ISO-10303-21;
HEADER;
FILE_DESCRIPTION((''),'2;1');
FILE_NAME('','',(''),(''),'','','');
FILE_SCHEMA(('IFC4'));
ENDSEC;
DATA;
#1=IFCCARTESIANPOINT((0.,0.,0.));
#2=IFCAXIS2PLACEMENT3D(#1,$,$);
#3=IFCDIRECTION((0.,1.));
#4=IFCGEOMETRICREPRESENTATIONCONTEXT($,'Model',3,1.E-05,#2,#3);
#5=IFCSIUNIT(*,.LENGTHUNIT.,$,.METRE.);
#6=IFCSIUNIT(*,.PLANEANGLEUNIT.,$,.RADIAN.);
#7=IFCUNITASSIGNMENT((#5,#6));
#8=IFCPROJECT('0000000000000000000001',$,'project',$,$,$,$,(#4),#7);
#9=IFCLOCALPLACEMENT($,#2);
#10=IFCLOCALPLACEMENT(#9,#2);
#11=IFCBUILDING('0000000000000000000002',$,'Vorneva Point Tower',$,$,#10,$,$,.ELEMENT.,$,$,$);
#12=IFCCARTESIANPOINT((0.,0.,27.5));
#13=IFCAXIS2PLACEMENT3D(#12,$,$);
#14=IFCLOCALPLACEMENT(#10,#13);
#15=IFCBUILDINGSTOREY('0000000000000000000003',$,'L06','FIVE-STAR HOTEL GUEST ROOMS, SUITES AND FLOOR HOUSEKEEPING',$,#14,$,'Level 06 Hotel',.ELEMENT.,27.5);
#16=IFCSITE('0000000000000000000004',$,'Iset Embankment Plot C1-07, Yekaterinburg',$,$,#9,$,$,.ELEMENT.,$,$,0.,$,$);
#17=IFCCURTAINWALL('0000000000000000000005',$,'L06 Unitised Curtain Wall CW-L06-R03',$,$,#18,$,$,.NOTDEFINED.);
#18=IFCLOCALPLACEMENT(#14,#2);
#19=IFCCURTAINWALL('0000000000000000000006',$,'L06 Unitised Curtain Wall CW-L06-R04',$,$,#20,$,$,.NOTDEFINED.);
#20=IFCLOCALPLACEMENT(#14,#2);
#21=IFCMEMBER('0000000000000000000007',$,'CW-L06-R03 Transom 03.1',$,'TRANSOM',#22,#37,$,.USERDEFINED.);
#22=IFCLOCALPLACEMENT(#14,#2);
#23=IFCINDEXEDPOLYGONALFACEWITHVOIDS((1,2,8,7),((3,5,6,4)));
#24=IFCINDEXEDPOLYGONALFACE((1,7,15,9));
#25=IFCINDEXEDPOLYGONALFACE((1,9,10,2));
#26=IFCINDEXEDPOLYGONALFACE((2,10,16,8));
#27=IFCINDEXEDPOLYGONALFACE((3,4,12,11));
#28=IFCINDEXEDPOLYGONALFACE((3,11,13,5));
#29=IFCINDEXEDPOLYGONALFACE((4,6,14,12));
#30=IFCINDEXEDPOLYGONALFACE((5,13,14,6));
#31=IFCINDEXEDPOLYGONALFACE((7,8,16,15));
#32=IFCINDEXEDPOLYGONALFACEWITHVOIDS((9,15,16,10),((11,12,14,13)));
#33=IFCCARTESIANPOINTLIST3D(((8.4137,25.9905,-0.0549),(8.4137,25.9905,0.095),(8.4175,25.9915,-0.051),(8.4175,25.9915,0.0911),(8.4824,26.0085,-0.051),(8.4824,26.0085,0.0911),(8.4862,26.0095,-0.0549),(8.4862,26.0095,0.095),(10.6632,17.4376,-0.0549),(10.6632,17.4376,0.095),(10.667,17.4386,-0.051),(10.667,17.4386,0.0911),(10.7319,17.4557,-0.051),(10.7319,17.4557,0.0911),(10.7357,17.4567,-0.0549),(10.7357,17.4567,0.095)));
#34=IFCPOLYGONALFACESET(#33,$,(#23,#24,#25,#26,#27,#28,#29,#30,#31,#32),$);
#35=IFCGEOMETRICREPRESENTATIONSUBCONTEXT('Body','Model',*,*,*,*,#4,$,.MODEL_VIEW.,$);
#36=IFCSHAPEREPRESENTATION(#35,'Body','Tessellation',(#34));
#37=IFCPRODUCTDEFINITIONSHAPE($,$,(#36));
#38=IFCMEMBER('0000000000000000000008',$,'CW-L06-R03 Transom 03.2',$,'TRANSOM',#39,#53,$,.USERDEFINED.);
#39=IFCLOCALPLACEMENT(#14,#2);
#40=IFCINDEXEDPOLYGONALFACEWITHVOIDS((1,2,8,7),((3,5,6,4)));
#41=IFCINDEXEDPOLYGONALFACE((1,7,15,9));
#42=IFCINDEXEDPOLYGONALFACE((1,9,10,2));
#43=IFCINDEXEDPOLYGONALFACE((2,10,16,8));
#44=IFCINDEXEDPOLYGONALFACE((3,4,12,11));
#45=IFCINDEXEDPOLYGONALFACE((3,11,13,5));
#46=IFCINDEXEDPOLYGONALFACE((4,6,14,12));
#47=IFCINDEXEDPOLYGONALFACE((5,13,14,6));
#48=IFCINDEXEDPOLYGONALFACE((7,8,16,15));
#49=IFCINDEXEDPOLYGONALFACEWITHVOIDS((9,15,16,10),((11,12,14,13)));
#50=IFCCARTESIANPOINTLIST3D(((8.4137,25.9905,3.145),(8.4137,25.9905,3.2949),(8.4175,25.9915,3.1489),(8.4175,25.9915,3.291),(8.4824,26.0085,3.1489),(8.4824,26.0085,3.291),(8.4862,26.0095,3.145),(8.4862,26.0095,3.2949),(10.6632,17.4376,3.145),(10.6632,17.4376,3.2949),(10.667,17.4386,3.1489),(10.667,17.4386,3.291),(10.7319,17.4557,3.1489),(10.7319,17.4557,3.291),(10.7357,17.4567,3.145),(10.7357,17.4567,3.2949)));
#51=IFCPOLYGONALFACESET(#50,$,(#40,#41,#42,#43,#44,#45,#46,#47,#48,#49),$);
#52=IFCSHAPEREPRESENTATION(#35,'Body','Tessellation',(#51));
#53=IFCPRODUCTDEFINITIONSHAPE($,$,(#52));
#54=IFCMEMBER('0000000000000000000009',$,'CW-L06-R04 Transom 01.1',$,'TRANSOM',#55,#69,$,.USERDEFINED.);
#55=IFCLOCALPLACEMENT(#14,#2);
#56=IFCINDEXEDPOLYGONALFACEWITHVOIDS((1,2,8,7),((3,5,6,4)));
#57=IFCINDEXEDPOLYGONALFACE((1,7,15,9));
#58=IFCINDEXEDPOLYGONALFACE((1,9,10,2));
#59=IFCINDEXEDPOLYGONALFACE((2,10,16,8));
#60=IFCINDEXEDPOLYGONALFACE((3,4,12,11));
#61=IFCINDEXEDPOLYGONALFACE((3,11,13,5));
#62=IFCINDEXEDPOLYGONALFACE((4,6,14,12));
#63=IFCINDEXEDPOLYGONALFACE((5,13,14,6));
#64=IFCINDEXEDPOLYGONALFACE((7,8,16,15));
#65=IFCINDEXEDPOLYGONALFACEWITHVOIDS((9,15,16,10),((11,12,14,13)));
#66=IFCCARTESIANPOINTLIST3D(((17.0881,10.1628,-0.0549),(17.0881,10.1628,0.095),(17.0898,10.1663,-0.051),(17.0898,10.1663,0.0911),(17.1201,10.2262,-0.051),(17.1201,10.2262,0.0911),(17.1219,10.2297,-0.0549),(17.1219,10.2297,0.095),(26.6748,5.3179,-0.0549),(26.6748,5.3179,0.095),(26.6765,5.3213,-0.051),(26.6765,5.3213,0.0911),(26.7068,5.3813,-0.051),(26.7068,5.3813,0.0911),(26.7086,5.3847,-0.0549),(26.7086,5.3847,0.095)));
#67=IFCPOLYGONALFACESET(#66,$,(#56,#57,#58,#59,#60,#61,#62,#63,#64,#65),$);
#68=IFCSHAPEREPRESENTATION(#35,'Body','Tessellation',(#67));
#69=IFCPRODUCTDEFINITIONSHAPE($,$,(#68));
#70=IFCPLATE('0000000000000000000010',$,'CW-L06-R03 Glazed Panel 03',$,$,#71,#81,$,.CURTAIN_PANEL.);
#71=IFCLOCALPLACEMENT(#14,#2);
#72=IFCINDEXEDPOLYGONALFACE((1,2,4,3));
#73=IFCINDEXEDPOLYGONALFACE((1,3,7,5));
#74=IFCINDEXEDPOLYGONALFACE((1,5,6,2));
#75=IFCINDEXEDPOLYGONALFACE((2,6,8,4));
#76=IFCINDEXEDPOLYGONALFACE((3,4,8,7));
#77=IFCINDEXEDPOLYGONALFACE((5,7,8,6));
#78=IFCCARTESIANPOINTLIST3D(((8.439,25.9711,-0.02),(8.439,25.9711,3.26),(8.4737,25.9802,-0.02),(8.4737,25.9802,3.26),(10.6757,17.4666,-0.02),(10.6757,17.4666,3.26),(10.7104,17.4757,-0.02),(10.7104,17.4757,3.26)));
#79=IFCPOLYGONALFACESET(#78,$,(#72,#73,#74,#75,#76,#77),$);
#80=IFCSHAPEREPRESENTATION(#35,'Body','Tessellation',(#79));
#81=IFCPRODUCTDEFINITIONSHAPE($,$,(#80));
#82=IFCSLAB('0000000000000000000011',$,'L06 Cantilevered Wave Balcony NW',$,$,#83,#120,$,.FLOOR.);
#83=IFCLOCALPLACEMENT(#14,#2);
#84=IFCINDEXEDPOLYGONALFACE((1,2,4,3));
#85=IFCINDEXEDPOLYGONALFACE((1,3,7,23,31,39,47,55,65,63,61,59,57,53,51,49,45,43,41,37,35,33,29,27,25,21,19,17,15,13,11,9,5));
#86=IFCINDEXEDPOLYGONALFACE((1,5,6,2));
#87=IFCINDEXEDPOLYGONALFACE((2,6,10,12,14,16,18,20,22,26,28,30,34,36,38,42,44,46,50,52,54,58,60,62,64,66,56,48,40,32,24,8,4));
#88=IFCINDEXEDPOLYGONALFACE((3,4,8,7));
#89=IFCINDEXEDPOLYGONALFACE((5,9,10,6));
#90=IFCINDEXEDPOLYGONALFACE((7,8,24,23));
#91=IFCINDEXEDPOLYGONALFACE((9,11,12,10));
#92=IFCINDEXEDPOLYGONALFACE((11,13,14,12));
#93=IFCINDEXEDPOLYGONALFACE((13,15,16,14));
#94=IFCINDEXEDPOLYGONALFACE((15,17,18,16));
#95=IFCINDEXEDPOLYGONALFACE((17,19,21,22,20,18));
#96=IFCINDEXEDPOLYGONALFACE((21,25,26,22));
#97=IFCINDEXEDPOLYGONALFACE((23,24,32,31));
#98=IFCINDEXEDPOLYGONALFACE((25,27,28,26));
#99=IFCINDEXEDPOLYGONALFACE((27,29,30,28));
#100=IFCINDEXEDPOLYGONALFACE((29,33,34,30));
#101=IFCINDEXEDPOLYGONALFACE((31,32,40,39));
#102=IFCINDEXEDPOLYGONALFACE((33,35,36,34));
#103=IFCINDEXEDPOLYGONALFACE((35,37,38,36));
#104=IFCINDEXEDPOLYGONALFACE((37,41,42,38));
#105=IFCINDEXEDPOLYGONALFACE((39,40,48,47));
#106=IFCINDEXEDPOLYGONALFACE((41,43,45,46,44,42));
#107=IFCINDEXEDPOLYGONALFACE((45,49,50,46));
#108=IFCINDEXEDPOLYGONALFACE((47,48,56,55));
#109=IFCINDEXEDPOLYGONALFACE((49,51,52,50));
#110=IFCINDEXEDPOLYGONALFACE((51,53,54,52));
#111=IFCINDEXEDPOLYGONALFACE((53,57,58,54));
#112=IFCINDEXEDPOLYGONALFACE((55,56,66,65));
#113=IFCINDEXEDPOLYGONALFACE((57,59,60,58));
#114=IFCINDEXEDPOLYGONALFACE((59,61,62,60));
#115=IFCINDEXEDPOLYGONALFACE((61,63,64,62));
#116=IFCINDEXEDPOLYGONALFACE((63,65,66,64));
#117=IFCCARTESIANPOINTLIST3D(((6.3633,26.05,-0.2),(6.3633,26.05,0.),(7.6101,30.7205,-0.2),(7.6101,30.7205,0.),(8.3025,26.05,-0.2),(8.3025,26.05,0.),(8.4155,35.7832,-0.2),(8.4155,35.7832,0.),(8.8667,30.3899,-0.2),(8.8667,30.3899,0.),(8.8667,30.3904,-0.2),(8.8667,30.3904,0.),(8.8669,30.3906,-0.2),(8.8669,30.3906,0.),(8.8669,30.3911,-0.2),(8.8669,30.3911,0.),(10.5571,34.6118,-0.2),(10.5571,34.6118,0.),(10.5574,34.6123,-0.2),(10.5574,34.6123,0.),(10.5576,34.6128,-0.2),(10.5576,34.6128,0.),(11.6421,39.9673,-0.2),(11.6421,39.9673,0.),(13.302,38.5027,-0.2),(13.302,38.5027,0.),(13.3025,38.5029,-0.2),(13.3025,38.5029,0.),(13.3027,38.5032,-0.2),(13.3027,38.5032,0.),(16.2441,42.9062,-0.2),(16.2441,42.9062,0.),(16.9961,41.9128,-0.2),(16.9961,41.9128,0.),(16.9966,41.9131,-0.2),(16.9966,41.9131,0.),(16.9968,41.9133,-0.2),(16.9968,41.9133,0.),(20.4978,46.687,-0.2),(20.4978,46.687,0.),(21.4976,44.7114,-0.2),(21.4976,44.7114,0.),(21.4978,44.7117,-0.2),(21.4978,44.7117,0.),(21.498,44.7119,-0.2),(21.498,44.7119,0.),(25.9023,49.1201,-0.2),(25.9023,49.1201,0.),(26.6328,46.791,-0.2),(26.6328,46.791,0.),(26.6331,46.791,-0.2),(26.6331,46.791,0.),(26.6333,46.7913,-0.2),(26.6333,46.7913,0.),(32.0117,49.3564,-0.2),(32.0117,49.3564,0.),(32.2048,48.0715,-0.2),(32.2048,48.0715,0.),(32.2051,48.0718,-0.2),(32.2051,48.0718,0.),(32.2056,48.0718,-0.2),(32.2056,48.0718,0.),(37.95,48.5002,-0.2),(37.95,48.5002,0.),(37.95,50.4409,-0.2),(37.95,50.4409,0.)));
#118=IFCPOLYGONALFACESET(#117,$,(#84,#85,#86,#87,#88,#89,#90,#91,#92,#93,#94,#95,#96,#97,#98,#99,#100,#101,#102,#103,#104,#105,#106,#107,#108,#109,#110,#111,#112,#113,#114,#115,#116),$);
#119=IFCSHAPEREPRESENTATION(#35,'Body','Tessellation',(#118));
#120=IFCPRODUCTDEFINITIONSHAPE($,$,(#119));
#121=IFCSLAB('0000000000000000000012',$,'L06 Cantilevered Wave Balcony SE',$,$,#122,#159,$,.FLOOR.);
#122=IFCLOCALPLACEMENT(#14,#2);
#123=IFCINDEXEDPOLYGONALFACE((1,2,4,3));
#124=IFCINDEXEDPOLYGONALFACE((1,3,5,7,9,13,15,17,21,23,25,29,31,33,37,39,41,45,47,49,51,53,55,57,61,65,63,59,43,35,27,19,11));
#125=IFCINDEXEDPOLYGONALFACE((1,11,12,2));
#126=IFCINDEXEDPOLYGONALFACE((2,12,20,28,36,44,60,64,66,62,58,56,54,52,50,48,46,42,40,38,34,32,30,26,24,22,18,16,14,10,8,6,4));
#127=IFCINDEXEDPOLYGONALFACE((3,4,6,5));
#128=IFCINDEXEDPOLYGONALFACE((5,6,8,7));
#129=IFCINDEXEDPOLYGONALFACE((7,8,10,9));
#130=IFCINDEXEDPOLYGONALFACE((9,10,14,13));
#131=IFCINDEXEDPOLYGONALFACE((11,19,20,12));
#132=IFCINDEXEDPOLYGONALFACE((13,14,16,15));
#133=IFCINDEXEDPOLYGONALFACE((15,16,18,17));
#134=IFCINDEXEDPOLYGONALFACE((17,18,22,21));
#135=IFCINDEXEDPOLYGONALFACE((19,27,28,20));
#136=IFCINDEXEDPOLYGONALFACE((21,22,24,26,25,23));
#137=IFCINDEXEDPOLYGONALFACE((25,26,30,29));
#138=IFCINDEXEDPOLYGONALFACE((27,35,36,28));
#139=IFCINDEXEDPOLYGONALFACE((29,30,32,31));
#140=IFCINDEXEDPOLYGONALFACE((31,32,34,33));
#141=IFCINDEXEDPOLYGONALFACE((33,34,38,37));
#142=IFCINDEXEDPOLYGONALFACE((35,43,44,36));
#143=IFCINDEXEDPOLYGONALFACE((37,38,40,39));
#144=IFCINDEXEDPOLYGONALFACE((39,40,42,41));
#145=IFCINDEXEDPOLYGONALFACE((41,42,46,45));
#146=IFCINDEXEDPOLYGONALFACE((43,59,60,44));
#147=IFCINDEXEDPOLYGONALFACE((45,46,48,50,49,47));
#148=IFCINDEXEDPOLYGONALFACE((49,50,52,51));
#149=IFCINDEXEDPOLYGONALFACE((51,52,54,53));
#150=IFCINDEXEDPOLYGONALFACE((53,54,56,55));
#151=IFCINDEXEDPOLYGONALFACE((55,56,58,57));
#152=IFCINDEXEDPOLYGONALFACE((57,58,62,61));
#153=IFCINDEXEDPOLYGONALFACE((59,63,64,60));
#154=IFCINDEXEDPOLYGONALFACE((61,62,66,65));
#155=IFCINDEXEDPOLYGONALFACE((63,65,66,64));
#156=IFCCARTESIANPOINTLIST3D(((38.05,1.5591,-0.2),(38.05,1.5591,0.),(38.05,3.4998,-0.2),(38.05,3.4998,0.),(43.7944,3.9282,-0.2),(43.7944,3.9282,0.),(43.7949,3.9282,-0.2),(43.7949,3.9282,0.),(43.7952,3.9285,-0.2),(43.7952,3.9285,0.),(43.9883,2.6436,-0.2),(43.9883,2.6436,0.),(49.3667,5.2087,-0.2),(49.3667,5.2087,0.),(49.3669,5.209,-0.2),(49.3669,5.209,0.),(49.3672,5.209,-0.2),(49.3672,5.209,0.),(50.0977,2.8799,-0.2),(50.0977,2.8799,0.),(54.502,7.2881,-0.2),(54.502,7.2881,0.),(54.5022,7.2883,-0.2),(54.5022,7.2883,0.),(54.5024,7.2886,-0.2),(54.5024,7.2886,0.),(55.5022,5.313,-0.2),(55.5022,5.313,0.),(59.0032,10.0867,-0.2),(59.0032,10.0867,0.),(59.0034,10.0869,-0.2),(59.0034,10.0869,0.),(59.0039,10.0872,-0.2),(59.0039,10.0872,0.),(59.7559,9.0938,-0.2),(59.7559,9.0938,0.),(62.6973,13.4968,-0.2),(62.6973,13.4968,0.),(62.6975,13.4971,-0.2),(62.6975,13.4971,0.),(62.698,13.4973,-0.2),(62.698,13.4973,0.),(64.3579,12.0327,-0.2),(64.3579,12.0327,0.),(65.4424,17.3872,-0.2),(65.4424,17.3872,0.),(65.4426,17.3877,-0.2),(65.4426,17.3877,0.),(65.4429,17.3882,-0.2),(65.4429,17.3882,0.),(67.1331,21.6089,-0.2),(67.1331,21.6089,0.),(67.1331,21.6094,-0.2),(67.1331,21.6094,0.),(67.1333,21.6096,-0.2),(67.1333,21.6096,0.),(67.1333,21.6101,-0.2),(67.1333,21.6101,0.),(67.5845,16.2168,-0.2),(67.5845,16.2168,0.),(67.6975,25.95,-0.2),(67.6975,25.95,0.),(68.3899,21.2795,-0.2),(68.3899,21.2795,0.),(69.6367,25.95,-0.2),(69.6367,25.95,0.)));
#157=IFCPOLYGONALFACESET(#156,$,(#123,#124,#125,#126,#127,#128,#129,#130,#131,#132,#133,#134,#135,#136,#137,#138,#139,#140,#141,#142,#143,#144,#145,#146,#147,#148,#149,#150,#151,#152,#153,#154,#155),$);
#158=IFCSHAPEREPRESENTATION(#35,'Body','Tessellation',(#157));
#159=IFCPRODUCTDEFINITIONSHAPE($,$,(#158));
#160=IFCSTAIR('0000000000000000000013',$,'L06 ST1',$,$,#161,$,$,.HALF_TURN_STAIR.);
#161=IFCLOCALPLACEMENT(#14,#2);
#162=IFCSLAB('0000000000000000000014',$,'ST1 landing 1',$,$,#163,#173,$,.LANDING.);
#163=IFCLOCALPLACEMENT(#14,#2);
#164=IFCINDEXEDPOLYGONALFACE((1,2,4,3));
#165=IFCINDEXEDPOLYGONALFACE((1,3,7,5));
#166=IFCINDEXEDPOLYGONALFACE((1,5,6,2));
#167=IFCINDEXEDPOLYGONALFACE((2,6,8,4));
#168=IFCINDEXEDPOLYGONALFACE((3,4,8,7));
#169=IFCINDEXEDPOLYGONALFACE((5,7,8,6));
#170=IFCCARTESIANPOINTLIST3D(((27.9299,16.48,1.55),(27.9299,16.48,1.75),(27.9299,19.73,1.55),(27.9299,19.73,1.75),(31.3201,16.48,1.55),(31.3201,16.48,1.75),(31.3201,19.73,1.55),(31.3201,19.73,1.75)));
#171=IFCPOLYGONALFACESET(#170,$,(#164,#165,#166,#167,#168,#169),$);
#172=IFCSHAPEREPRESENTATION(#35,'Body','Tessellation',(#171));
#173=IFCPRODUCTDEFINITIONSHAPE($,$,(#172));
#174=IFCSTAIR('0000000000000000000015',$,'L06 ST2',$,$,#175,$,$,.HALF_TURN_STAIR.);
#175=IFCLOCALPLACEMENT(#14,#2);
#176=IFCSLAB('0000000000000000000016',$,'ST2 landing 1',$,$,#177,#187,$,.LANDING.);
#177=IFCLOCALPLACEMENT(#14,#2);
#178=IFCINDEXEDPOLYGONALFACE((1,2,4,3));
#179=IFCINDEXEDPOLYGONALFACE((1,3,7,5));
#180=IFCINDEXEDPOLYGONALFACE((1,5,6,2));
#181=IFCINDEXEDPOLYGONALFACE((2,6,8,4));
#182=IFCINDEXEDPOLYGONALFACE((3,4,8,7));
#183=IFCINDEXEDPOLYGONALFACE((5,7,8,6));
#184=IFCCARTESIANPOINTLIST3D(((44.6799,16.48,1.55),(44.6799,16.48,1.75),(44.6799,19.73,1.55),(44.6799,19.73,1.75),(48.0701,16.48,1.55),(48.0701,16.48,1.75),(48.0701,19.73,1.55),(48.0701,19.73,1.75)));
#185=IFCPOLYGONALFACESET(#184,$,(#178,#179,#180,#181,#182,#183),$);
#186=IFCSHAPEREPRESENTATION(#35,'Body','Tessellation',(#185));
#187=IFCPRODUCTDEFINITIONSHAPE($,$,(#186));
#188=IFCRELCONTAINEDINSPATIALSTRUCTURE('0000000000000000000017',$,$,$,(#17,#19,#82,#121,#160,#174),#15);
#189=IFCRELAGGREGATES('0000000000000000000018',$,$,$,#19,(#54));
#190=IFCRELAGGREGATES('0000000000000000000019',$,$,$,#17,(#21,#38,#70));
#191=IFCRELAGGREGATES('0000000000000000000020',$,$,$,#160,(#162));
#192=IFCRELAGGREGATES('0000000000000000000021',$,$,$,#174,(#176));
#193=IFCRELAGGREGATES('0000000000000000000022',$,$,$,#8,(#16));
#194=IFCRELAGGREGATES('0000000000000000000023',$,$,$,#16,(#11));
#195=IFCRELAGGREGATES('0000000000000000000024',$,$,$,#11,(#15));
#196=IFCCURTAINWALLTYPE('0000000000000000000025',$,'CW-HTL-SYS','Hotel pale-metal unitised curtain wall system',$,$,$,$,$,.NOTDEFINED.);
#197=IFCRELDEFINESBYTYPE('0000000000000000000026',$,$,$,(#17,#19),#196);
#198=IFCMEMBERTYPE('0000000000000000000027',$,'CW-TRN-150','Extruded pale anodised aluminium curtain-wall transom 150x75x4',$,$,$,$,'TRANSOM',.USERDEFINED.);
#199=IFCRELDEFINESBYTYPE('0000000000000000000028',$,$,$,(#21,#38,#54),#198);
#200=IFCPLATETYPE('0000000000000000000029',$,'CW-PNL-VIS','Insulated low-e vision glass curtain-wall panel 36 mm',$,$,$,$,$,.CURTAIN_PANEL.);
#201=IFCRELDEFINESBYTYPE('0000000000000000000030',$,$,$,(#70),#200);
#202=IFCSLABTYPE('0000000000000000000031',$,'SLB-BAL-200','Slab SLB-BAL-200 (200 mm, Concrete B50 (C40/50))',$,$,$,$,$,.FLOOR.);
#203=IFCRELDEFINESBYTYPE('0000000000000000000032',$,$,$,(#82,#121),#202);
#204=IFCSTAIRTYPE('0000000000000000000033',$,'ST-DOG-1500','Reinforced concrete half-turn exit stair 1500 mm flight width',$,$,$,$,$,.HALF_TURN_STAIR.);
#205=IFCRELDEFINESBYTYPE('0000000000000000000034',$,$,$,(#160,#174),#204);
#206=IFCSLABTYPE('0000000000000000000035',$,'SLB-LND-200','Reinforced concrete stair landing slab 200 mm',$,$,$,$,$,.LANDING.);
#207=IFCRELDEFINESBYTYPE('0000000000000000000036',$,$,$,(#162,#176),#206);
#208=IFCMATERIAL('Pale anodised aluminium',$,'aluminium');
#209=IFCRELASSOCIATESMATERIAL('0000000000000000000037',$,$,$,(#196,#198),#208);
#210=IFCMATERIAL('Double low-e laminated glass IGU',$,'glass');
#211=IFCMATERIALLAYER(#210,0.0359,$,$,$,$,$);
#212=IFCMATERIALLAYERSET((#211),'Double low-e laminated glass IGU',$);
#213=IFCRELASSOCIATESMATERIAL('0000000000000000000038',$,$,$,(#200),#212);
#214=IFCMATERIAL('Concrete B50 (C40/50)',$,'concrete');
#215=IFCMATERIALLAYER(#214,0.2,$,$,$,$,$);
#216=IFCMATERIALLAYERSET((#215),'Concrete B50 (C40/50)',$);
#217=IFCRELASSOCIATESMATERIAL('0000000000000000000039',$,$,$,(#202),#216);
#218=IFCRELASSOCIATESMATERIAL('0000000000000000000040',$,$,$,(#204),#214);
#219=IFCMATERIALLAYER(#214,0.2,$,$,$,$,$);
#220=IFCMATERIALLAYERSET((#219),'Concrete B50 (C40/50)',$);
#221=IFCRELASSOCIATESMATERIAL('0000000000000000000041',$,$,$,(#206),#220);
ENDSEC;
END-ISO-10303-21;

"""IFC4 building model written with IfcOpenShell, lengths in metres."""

from ifc_helpers import new_model, si_unit, direction, frame, origin, origin_2d, place, context, subcontext, project, spatial, polyline, rectangle, hollow_rectangle, outline, extrude, material, layer, layer_set, material_profile, profile_set, type_object, element, aggregate, save


model = new_model("IFC4")

# Units and contexts
model_context = context("Model", 3, precision=1e-05, world=origin(), true_north=direction((0.0, 1.0)))
body_context = subcontext(model_context, "Body", "Model", "MODEL_VIEW")
ifc_project = project(units=[si_unit("LENGTHUNIT", "METRE"), si_unit("PLANEANGLEUNIT", "RADIAN")], contexts=[model_context])

# Site, building, storey
site_placement = place(None, origin())
site = spatial("IfcSite", under=ifc_project, at=site_placement, Name="Iset Embankment Plot C1-07, Yekaterinburg", CompositionType="ELEMENT", RefElevation=0.0)
building_placement = place(site_placement, origin())
building = spatial("IfcBuilding", under=site, at=building_placement, Name="Vorneva Point Tower", CompositionType="ELEMENT")
storey_placement = place(building_placement, frame((0.0, 0.0, 27.5)))
storey = spatial("IfcBuildingStorey", under=building, at=storey_placement, Name="L06", Description="FIVE-STAR HOTEL GUEST ROOMS, SUITES AND FLOOR HOUSEKEEPING", LongName="Level 06 Hotel", CompositionType="ELEMENT", Elevation=27.5)

# Curtain wall
ifc_material_1 = material(Name="Pale anodised aluminium", Category="aluminium")
curtain_wall_type = type_object("IfcCurtainWallType", Name="CW-HTL-SYS", Description="Hotel pale-metal unitised curtain wall system", PredefinedType="NOTDEFINED", material=ifc_material_1)
curtain_wall_1_placement = place(storey_placement, origin())
curtain_wall_1 = element("IfcCurtainWall", 1, at=curtain_wall_1_placement, inside=storey, type_object=curtain_wall_type, Name="L06 Unitised Curtain Wall CW-L06-R03", PredefinedType="NOTDEFINED")

# Curtain wall
curtain_wall_2_placement = place(storey_placement, origin())
curtain_wall_2 = element("IfcCurtainWall", 2, at=curtain_wall_2_placement, inside=storey, type_object=curtain_wall_type, Name="L06 Unitised Curtain Wall CW-L06-R04", PredefinedType="NOTDEFINED")

# Members
ifc_material_profile_1 = material_profile(ifc_material_1, hollow_rectangle(XDim=0.075, YDim=0.1499, WallThickness=0.0039, at=origin_2d()), Name="AL-TRN 150x75x4")
ifc_profile_set_1 = profile_set([ifc_material_profile_1], Name="Pale anodised aluminium")
member_type_1 = type_object("IfcMemberType", Name="CW-TRN-150", Description="Extruded pale anodised aluminium curtain-wall transom 150x75x4", ElementType="TRANSOM", PredefinedType="USERDEFINED", material=ifc_profile_set_1)
member_1_placement = place(storey_placement, frame((8.45, 26.0, 0.02), z_axis=(0.254359, -0.96711, 0.0), x_axis=(0.96711, 0.254359, 0.0)))
member_1 = element("IfcMember", 3, at=member_1_placement, type_object=member_type_1, Name="CW-L06-R03 Transom 03.1", ObjectType="TRANSOM", PredefinedType="USERDEFINED", context=body_context, shape_type="SweptSolid", body=[
    extrude(hollow_rectangle(XDim=0.075, YDim=0.1499, WallThickness=0.0039, at=origin_2d()), origin(), (0.0, 0.0, 1.0), 8.8438),
])
member_2_placement = place(storey_placement, frame((8.45, 26.0, 3.22), z_axis=(0.254359, -0.96711, 0.0), x_axis=(0.96711, 0.254359, 0.0)))
member_2 = element("IfcMember", 4, at=member_2_placement, type_object=member_type_1, Name="CW-L06-R03 Transom 03.2", ObjectType="TRANSOM", PredefinedType="USERDEFINED", context=body_context, shape_type="SweptSolid", body=[
    extrude(hollow_rectangle(XDim=0.075, YDim=0.1499, WallThickness=0.0039, at=origin_2d()), origin(), (0.0, 0.0, 1.0), 8.8438),
])
member_3_placement = place(storey_placement, frame((17.105, 10.1963, 0.02), z_axis=(0.892496, -0.451055, 0.0), x_axis=(0.451055, 0.892496, 0.0)))
member_3 = element("IfcMember", 5, at=member_3_placement, type_object=member_type_1, Name="CW-L06-R04 Transom 01.1", ObjectType="TRANSOM", PredefinedType="USERDEFINED", context=body_context, shape_type="SweptSolid", body=[
    extrude(hollow_rectangle(XDim=0.075, YDim=0.1499, WallThickness=0.0039, at=origin_2d()), origin(), (0.0, 0.0, 1.0), 10.7415),
])
aggregate(curtain_wall_2, [member_3])

# Plate
ifc_material_2 = material(Name="Double low-e laminated glass IGU", Category="glass")
ifc_layer_1 = layer(ifc_material_2, 0.0359)
ifc_layer_set_1 = layer_set([ifc_layer_1], Name="Double low-e laminated glass IGU")
plate_type = type_object("IfcPlateType", Name="CW-PNL-VIS", Description="Insulated low-e vision glass curtain-wall panel 36 mm", PredefinedType="CURTAIN_PANEL", material=ifc_layer_set_1)
plate_placement = place(storey_placement, frame((9.5747, 21.7234, -0.02), z_axis=(0.0, 0.0, 1.0), x_axis=(0.254349, -0.967113, 0.0)))
plate = element("IfcPlate", 6, at=plate_placement, type_object=plate_type, Name="CW-L06-R03 Glazed Panel 03", PredefinedType="CURTAIN_PANEL", context=body_context, shape_type="SweptSolid", body=[
    extrude(rectangle(XDim=8.7937, YDim=0.0359, at=origin_2d()), origin(), (0.0, 0.0, 1.0), 3.28),
])
aggregate(curtain_wall_1, [member_1, member_2, plate])

# Slabs
ifc_material_3 = material(Name="Concrete B50 (C40/50)", Category="concrete")
ifc_layer_2 = layer(ifc_material_3, 0.2)
ifc_layer_set_2 = layer_set([ifc_layer_2], Name="Concrete B50 (C40/50)")
slab_type_1 = type_object("IfcSlabType", Name="SLB-BAL-200", Description="Slab SLB-BAL-200 (200 mm, Concrete B50 (C40/50))", PredefinedType="FLOOR", material=ifc_layer_set_2)
slab_1_placement = place(storey_placement, frame((0.0, 0.0, -0.2)))
element("IfcSlab", 7, at=slab_1_placement, inside=storey, type_object=slab_type_1, Name="L06 Cantilevered Wave Balcony NW", PredefinedType="FLOOR", context=body_context, shape_type="SweptSolid", body=[
    extrude(outline(polyline([(6.3633, 26.05), (8.3025, 26.05), (8.8667, 30.3899), (8.8667, 30.3904), (8.8669, 30.3906), (8.8669, 30.3911), (10.5571, 34.6118), (10.5574, 34.6123), (10.5576, 34.6128), (13.302, 38.5027), (13.3025, 38.5029), (13.3027, 38.5032), (16.9961, 41.9128), (16.9966, 41.9131), (16.9968, 41.9133), (21.4976, 44.7114), (21.4978, 44.7117), (21.498, 44.7119), (26.6328, 46.791), (26.6331, 46.791), (26.6333, 46.7913), (32.2048, 48.0715), (32.2051, 48.0718), (32.2056, 48.0718), (37.95, 48.5002), (37.95, 50.4409), (32.0117, 49.3564), (25.9023, 49.1201), (20.4978, 46.687), (16.2441, 42.9062), (11.6421, 39.9673), (8.4155, 35.7832), (7.6101, 30.7205), (6.3633, 26.05)])), origin(), (0.0, 0.0, 1.0), 0.2),
])
slab_2_placement = place(storey_placement, frame((0.0, 0.0, -0.2)))
element("IfcSlab", 8, at=slab_2_placement, inside=storey, type_object=slab_type_1, Name="L06 Cantilevered Wave Balcony SE", PredefinedType="FLOOR", context=body_context, shape_type="SweptSolid", body=[
    extrude(outline(polyline([(68.3899, 21.2795), (69.6367, 25.95), (67.6975, 25.95), (67.1333, 21.6101), (67.1333, 21.6096), (67.1331, 21.6094), (67.1331, 21.6089), (65.4429, 17.3882), (65.4426, 17.3877), (65.4424, 17.3872), (62.698, 13.4973), (62.6975, 13.4971), (62.6973, 13.4968), (59.0039, 10.0872), (59.0034, 10.0869), (59.0032, 10.0867), (54.5024, 7.2886), (54.5022, 7.2883), (54.502, 7.2881), (49.3672, 5.209), (49.3669, 5.209), (49.3667, 5.2087), (43.7952, 3.9285), (43.7949, 3.9282), (43.7944, 3.9282), (38.05, 3.4998), (38.05, 1.5591), (43.9883, 2.6436), (50.0977, 2.8799), (55.5022, 5.313), (59.7559, 9.0938), (64.3579, 12.0327), (67.5845, 16.2168), (68.3899, 21.2795)])), origin(), (0.0, 0.0, 1.0), 0.2),
])

# Stairs, slabs
stair_type = type_object("IfcStairType", Name="ST-DOG-1500", Description="Reinforced concrete half-turn exit stair 1500 mm flight width", PredefinedType="HALF_TURN_STAIR", material=ifc_material_3)
stair_1_placement = place(storey_placement, origin())
stair_1 = element("IfcStair", 9, at=stair_1_placement, inside=storey, type_object=stair_type, Name="L06 ST1", PredefinedType="HALF_TURN_STAIR")
ifc_layer_3 = layer(ifc_material_3, 0.2)
ifc_layer_set_3 = layer_set([ifc_layer_3], Name="Concrete B50 (C40/50)")
slab_type_2 = type_object("IfcSlabType", Name="SLB-LND-200", Description="Reinforced concrete stair landing slab 200 mm", PredefinedType="LANDING", material=ifc_layer_set_3)
slab_3_placement = place(storey_placement, frame((0.0, 0.0, 1.55)))
slab_3 = element("IfcSlab", 10, at=slab_3_placement, type_object=slab_type_2, Name="ST1 landing 1", PredefinedType="LANDING", context=body_context, shape_type="SweptSolid", body=[
    extrude(outline(polyline([(27.9299, 16.48), (31.3201, 16.48), (31.3201, 19.73), (27.9299, 19.73), (27.9299, 16.48)])), origin(), (0.0, 0.0, 1.0), 0.2),
])
aggregate(stair_1, [slab_3])
stair_2_placement = place(storey_placement, origin())
stair_2 = element("IfcStair", 11, at=stair_2_placement, inside=storey, type_object=stair_type, Name="L06 ST2", PredefinedType="HALF_TURN_STAIR")
slab_4_placement = place(storey_placement, frame((0.0, 0.0, 1.55)))
slab_4 = element("IfcSlab", 12, at=slab_4_placement, type_object=slab_type_2, Name="ST2 landing 1", PredefinedType="LANDING", context=body_context, shape_type="SweptSolid", body=[
    extrude(outline(polyline([(44.6799, 16.48), (48.0701, 16.48), (48.0701, 19.73), (44.6799, 19.73), (44.6799, 16.48)])), origin(), (0.0, 0.0, 1.0), 0.2),
])
aggregate(stair_2, [slab_4])

save(model, "model.ifc")
